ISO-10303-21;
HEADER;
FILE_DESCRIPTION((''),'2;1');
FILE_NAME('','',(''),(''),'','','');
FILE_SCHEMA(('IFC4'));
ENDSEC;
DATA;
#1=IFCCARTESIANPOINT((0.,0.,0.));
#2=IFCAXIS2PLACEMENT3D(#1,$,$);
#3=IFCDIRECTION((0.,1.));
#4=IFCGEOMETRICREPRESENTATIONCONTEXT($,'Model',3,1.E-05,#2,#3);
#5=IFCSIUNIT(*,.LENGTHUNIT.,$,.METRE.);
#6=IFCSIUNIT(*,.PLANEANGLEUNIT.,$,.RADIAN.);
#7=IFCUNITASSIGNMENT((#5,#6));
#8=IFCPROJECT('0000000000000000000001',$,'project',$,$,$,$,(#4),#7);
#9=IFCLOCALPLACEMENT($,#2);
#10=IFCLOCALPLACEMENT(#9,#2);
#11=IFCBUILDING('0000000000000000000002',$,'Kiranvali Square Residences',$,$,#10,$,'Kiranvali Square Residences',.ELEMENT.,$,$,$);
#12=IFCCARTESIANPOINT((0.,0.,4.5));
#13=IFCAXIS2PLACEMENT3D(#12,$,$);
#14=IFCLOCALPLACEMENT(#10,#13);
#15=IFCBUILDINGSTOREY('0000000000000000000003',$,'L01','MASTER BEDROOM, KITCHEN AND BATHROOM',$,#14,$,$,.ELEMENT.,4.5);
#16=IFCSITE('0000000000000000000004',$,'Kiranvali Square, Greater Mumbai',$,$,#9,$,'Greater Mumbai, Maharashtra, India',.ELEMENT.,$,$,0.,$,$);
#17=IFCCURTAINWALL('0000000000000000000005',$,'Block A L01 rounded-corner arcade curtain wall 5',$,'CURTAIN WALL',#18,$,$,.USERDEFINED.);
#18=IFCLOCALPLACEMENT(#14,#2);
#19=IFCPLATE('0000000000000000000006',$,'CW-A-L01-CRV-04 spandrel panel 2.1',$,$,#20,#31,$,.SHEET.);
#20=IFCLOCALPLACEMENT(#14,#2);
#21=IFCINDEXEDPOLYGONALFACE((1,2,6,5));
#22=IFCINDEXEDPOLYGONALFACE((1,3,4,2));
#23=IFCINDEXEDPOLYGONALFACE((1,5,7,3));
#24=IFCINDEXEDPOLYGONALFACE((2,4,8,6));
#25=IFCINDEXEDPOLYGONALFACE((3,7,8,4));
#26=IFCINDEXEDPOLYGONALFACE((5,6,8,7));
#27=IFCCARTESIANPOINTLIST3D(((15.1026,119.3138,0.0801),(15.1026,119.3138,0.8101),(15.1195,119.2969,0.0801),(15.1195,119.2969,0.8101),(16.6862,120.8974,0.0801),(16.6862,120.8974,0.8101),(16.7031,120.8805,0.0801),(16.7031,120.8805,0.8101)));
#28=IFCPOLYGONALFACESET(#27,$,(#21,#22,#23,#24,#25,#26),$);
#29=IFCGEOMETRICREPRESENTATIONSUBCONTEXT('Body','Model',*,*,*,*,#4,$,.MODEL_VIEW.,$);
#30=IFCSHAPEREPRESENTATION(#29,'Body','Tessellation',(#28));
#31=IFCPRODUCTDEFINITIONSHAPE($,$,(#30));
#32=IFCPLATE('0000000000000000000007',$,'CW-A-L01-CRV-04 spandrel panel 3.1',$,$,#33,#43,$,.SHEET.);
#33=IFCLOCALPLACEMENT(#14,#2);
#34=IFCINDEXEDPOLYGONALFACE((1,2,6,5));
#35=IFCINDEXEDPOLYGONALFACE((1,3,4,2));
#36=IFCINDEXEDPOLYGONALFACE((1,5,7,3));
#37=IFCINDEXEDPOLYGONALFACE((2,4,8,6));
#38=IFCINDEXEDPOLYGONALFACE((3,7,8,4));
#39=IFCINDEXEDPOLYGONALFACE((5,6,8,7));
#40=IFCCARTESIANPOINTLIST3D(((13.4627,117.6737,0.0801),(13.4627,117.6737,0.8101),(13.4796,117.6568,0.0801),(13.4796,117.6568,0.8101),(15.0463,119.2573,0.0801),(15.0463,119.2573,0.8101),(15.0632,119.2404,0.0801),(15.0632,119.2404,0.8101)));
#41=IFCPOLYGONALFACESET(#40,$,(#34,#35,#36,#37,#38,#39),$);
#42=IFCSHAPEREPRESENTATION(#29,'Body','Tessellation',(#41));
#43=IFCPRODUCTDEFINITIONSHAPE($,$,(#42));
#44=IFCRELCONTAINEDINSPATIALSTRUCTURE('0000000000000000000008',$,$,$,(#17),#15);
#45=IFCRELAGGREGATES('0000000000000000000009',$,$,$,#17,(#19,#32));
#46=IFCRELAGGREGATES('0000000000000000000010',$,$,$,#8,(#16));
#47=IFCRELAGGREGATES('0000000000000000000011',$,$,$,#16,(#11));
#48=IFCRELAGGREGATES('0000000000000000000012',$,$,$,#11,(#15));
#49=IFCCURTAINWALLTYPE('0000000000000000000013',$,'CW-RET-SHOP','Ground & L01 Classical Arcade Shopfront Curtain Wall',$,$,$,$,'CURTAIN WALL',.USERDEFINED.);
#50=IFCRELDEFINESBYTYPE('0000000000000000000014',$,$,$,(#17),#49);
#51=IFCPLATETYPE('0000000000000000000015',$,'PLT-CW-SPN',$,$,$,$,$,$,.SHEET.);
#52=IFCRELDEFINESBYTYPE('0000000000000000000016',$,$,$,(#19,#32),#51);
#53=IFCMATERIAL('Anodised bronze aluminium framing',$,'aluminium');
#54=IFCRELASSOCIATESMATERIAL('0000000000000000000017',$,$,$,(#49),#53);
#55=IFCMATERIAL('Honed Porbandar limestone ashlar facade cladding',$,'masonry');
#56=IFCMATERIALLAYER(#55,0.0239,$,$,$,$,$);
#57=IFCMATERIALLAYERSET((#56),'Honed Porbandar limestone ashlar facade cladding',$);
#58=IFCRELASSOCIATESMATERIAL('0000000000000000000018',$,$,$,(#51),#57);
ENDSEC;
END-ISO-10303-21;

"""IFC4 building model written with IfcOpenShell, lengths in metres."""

from ifc_helpers import new_model, si_unit, direction, frame, origin, origin_2d, place, context, subcontext, project, spatial, rectangle, extrude, material, layer, layer_set, type_object, element, aggregate, save


model = new_model("IFC4")

# Units and contexts
model_context = context("Model", 3, precision=1e-05, world=origin(), true_north=direction((0.0, 1.0)))
body_context = subcontext(model_context, "Body", "Model", "MODEL_VIEW")
ifc_project = project(units=[si_unit("LENGTHUNIT", "METRE"), si_unit("PLANEANGLEUNIT", "RADIAN")], contexts=[model_context])

# Site, building, storey
site_placement = place(None, origin())
site = spatial("IfcSite", under=ifc_project, at=site_placement, Name="Kiranvali Square, Greater Mumbai", LongName="Greater Mumbai, Maharashtra, India", CompositionType="ELEMENT", RefElevation=0.0)
building_placement = place(site_placement, origin())
building = spatial("IfcBuilding", under=site, at=building_placement, Name="Kiranvali Square Residences", LongName="Kiranvali Square Residences", CompositionType="ELEMENT")
storey_placement = place(building_placement, frame((0.0, 0.0, 4.5)))
storey = spatial("IfcBuildingStorey", under=building, at=storey_placement, Name="L01", Description="MASTER BEDROOM, KITCHEN AND BATHROOM", CompositionType="ELEMENT", Elevation=4.5)

# Shared definitions
ifc_material_1 = material(Name="Anodised bronze aluminium framing", Category="aluminium")
curtain_wall_type = type_object("IfcCurtainWallType", Name="CW-RET-SHOP", Description="Ground & L01 Classical Arcade Shopfront Curtain Wall", ElementType="CURTAIN WALL", PredefinedType="USERDEFINED", material=ifc_material_1)

# Curtain wall
curtain_wall_1_placement = place(storey_placement, origin())
curtain_wall_1 = element("IfcCurtainWall", 1, at=curtain_wall_1_placement, inside=storey, type_object=curtain_wall_type, Name="Block A L01 rounded-corner arcade curtain wall 5", ObjectType="CURTAIN WALL", PredefinedType="USERDEFINED")

# Plates
ifc_material_2 = material(Name="Honed Porbandar limestone ashlar facade cladding", Category="masonry")
ifc_layer_1 = layer(ifc_material_2, 0.0239)
ifc_layer_set_1 = layer_set([ifc_layer_1], Name="Honed Porbandar limestone ashlar facade cladding")
plate_type_1 = type_object("IfcPlateType", Name="PLT-CW-SPN", PredefinedType="SHEET", material=ifc_layer_set_1)
plate_1_placement = place(storey_placement, frame((15.9028, 120.0972, 0.0801), z_axis=(0.0, 0.0, 1.0), x_axis=(-0.707107, -0.707107, 0.0)))
plate_1 = element("IfcPlate", 2, at=plate_1_placement, type_object=plate_type_1, Name="CW-A-L01-CRV-04 spandrel panel 2.1", PredefinedType="SHEET", context=body_context, shape_type="SweptSolid", body=[
    extrude(rectangle(XDim=2.2395, YDim=0.0239, at=origin_2d()), origin(), (0.0, 0.0, 1.0), 0.73),
])
plate_2_placement = place(storey_placement, frame((14.2629, 118.457, 0.0801), z_axis=(0.0, 0.0, 1.0), x_axis=(-0.707107, -0.707107, 0.0)))
plate_2 = element("IfcPlate", 3, at=plate_2_placement, type_object=plate_type_1, Name="CW-A-L01-CRV-04 spandrel panel 3.1", PredefinedType="SHEET", context=body_context, shape_type="SweptSolid", body=[
    extrude(rectangle(XDim=2.2395, YDim=0.0239, at=origin_2d()), origin(), (0.0, 0.0, 1.0), 0.73),
])
aggregate(curtain_wall_1, [plate_1, plate_2])

save(model, "model.ifc")
